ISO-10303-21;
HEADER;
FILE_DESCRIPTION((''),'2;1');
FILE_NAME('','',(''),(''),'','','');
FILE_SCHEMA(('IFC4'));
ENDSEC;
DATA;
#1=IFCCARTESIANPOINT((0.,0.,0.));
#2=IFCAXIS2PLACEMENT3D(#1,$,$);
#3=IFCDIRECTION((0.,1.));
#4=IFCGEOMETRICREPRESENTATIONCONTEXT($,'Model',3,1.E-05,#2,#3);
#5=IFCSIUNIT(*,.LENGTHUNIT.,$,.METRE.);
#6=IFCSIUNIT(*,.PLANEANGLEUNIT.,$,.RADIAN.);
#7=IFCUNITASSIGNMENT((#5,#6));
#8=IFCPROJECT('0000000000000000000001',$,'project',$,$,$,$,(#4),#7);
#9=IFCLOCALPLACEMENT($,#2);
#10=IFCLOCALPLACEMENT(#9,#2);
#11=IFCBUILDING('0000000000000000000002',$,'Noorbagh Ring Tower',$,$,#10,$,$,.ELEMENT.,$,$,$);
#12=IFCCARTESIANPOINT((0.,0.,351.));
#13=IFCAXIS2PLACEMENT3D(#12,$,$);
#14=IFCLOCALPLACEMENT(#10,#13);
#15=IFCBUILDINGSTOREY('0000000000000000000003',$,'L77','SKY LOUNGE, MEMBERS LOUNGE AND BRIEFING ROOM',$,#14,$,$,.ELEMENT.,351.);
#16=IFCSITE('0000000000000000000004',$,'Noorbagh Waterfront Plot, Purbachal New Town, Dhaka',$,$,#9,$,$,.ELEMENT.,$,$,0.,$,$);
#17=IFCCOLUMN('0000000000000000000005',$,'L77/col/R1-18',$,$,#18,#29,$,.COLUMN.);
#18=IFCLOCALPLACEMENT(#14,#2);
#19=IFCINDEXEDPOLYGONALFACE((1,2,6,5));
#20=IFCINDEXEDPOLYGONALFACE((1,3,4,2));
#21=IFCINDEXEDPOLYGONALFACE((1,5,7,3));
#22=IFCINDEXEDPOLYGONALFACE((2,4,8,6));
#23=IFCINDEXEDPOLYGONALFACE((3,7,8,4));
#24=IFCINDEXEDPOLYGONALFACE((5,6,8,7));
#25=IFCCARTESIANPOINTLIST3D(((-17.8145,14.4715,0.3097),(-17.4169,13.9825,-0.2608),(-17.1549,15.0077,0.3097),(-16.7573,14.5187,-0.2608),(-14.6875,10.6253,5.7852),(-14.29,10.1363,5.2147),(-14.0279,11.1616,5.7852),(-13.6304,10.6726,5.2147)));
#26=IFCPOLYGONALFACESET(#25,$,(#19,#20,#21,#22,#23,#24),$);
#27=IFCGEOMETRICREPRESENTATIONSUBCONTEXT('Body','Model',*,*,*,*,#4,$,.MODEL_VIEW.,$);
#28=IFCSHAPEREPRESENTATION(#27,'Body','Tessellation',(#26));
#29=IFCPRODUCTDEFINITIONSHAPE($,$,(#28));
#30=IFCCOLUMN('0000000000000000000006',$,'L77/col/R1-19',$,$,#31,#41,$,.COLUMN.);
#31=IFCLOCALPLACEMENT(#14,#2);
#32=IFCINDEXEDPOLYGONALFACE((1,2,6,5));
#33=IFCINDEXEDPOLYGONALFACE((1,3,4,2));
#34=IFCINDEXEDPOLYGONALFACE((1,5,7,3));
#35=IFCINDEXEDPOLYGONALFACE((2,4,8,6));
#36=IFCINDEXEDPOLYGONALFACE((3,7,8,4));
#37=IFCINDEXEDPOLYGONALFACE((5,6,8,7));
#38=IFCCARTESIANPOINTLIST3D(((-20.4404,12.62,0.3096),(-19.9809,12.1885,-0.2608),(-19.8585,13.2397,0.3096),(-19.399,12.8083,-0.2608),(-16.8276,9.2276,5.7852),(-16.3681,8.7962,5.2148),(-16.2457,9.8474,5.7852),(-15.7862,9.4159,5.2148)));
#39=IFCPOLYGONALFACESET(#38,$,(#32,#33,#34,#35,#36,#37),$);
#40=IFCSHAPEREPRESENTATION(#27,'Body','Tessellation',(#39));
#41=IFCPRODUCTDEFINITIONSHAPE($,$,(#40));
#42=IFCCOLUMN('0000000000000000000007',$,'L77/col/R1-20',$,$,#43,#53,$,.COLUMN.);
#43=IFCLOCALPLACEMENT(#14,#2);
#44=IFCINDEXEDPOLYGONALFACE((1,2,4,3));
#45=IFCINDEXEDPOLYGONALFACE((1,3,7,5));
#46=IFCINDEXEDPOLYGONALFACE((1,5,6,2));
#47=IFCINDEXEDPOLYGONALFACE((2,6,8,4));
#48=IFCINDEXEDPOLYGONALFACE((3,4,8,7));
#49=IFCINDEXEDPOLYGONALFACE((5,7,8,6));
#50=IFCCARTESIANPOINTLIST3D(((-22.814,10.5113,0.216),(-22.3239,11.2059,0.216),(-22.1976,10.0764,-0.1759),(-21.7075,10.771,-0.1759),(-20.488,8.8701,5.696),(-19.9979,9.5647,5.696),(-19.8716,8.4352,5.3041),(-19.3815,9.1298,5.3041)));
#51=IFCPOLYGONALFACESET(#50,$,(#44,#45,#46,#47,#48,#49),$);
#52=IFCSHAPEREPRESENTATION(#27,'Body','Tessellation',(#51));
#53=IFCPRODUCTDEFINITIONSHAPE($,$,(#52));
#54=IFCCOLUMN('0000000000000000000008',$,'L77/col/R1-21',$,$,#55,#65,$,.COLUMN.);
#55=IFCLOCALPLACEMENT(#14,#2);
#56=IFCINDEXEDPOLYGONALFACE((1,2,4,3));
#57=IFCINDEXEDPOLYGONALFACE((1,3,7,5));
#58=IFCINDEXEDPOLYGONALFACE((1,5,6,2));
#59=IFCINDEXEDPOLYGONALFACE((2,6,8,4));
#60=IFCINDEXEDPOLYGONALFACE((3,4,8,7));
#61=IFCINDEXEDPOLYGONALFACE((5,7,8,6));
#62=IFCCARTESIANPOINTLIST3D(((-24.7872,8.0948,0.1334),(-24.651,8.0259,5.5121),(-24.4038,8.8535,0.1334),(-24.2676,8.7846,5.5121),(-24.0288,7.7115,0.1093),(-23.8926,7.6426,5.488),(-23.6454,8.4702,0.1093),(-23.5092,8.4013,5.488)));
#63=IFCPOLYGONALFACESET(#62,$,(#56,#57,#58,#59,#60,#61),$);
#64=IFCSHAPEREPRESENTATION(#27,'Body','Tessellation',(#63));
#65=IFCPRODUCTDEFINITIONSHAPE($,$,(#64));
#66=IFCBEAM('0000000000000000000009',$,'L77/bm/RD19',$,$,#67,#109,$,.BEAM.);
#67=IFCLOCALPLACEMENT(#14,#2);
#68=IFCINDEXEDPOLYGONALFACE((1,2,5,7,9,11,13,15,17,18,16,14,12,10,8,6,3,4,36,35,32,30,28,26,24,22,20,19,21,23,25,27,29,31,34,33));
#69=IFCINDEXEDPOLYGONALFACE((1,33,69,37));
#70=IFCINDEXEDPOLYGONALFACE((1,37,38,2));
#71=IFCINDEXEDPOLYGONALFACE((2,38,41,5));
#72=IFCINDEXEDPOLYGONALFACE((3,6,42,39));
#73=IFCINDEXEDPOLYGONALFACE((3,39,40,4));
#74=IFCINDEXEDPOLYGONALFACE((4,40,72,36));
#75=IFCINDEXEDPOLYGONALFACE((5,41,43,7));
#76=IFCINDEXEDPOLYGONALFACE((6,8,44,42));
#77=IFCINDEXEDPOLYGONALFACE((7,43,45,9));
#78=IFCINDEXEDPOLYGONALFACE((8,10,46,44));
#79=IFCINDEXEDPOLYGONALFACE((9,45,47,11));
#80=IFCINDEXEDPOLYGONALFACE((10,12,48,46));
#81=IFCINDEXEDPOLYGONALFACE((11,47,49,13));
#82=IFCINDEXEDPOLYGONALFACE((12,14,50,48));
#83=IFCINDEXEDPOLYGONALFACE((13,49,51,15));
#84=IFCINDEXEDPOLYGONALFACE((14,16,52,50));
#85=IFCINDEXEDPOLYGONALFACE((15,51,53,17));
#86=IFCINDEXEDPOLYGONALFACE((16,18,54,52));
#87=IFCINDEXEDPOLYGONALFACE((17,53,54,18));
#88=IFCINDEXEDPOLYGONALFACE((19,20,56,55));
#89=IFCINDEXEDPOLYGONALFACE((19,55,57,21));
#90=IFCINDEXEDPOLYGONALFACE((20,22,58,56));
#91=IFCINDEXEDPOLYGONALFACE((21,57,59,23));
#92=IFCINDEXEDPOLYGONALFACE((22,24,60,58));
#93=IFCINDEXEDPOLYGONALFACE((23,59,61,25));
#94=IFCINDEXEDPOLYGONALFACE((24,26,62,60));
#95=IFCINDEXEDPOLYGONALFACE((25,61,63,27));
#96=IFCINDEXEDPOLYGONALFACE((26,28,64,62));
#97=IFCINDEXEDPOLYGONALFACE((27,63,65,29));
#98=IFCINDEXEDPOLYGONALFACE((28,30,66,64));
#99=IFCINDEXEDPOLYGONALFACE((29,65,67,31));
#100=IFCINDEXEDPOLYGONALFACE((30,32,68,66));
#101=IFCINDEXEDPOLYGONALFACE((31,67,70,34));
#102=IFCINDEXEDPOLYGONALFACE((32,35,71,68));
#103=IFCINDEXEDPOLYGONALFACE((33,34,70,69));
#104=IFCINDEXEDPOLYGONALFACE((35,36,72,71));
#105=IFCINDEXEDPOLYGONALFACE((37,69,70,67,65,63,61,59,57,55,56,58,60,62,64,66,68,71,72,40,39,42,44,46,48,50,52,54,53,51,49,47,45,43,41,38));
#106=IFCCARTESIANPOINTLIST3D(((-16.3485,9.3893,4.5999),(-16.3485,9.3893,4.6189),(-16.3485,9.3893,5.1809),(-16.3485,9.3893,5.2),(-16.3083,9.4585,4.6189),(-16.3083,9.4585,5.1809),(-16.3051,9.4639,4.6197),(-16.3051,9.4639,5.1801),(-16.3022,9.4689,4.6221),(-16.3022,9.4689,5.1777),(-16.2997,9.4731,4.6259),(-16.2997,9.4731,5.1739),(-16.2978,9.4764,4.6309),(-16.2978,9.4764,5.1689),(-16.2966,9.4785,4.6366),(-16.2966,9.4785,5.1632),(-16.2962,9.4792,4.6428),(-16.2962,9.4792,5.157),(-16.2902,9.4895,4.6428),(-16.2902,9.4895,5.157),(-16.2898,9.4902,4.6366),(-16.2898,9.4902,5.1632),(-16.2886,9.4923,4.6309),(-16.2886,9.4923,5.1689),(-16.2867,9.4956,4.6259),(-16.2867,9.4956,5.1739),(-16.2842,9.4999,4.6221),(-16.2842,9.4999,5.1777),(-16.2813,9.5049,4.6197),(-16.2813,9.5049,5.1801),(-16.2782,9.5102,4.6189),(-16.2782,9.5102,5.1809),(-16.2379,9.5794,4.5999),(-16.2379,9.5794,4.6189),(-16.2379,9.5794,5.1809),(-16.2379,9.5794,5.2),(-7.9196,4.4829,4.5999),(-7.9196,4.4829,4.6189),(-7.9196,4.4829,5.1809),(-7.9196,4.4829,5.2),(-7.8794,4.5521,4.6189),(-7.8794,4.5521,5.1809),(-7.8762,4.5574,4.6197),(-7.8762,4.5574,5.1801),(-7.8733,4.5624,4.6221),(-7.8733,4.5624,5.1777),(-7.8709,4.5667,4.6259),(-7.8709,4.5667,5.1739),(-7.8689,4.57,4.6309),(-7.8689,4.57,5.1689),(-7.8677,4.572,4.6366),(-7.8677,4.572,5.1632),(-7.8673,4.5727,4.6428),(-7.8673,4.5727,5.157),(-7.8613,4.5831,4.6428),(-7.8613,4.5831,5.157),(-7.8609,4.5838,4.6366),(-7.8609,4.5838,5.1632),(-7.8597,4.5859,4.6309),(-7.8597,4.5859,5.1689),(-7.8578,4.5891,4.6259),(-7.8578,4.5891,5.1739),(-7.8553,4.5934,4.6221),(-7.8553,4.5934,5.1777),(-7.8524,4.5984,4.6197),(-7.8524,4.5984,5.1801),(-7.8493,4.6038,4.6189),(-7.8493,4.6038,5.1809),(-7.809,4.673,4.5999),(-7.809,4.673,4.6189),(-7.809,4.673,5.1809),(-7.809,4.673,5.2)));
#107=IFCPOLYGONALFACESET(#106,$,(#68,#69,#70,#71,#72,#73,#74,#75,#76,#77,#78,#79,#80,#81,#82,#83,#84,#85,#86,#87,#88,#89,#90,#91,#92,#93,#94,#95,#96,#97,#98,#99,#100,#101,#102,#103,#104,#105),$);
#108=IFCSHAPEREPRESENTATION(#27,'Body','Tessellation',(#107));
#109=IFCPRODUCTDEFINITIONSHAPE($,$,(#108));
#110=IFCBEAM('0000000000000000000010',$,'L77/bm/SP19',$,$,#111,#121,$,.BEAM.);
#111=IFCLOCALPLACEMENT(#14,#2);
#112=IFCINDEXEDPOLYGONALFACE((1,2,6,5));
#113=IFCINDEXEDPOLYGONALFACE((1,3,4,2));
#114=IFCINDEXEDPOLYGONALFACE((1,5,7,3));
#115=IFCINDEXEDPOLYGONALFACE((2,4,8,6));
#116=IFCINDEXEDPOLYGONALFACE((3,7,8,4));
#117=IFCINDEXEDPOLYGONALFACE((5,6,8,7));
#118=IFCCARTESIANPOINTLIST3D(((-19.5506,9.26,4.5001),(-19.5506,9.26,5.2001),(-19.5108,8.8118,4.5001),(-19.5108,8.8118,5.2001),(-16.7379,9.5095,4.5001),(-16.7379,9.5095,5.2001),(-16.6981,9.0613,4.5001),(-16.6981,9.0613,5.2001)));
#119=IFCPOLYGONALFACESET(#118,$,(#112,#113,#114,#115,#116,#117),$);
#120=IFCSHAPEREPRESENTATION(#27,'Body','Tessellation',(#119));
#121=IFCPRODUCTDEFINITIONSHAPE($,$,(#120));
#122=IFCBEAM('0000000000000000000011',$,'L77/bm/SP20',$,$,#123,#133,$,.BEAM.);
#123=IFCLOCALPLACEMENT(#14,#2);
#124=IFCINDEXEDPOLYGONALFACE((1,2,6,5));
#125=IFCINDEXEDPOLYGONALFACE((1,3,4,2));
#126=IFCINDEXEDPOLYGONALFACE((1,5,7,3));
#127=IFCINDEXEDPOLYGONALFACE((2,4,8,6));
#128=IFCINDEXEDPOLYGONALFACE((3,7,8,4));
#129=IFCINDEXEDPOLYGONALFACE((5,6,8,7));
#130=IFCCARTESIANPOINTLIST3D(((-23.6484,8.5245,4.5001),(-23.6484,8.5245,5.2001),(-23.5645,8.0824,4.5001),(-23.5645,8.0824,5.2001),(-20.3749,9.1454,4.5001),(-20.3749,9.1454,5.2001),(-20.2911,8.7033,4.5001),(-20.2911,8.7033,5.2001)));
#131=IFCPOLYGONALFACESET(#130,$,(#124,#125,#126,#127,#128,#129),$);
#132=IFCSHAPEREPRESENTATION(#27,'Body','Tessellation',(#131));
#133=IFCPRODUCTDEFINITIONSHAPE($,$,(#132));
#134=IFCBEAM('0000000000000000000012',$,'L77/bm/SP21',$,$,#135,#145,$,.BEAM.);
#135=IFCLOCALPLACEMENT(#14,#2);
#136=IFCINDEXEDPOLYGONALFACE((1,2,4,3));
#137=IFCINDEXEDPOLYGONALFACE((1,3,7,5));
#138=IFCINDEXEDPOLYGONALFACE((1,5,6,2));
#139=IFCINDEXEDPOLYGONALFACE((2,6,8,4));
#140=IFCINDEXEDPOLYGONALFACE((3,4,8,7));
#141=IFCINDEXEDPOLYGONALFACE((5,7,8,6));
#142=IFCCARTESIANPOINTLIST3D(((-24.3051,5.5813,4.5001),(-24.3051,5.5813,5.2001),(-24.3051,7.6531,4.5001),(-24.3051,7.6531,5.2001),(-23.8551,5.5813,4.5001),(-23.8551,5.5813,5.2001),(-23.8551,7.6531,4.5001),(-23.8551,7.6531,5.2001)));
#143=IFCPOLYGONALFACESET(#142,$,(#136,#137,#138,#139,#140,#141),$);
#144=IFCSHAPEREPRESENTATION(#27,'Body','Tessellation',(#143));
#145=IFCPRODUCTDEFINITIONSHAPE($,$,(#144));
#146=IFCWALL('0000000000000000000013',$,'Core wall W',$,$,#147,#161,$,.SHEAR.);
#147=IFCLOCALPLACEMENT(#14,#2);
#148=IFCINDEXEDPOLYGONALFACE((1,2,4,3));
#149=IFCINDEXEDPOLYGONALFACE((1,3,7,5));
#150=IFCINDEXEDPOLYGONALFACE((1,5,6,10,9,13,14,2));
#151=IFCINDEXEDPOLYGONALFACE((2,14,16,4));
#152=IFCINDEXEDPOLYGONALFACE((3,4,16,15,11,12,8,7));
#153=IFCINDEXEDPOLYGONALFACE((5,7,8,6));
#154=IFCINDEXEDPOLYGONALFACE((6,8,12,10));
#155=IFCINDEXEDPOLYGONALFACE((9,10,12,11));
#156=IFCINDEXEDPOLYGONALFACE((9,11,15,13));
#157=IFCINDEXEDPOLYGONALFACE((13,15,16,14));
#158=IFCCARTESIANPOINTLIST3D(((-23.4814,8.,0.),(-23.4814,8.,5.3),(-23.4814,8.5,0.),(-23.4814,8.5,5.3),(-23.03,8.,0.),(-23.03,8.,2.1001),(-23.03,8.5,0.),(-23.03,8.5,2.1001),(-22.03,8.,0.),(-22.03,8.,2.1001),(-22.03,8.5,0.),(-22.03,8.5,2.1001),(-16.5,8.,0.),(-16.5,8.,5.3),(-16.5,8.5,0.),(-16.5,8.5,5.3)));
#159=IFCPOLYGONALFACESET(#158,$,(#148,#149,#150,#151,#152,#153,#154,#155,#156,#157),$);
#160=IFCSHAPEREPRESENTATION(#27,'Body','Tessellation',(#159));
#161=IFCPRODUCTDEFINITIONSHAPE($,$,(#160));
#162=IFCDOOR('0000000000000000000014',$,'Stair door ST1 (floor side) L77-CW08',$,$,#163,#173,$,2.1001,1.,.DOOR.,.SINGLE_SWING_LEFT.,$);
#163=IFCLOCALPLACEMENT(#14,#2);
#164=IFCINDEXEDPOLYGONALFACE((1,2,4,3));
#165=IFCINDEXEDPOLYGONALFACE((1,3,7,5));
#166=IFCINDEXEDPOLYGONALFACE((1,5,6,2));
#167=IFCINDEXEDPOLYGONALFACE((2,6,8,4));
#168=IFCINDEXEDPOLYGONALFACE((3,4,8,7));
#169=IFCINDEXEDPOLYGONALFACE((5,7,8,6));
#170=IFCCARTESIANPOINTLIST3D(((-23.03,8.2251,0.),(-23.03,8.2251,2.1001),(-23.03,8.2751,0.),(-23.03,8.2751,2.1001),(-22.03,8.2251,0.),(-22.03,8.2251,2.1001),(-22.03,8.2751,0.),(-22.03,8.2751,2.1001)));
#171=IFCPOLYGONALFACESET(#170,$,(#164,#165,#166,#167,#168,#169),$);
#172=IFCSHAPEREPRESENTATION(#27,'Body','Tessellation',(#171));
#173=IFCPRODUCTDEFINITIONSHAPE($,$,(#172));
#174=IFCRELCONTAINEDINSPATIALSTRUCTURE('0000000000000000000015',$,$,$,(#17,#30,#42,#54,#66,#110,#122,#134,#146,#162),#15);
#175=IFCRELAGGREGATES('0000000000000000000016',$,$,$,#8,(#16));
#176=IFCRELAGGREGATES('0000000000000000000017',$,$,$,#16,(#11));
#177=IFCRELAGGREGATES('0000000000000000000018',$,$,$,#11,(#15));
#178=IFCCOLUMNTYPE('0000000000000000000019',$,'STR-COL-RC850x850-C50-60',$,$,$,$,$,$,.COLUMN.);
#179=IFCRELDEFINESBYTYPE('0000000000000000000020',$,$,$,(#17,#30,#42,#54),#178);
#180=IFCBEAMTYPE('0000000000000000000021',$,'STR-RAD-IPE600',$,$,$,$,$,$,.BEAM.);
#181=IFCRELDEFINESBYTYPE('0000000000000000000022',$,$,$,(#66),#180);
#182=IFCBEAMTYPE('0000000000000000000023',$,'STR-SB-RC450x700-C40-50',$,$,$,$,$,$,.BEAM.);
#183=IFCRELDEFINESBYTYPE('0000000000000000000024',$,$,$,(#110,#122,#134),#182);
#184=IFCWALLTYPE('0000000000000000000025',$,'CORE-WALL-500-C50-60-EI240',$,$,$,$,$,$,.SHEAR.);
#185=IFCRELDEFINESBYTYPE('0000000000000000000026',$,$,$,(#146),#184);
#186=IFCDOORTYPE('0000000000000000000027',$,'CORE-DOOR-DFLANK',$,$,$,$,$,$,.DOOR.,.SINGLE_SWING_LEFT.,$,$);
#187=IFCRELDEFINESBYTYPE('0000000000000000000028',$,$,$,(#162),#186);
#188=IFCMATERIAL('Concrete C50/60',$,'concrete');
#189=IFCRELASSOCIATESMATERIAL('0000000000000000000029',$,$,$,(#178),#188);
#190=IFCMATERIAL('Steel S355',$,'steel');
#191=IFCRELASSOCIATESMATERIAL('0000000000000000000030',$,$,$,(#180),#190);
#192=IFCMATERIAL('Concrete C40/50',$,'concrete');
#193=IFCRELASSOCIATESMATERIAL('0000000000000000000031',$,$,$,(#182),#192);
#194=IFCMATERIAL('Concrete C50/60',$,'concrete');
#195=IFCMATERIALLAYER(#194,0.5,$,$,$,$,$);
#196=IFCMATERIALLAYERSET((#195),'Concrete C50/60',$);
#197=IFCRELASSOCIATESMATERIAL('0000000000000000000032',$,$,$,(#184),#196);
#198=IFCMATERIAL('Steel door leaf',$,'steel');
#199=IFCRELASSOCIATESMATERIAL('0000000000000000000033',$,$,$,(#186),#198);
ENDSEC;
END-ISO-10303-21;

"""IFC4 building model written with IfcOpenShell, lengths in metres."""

from ifc_helpers import new_model, si_unit, direction, frame, frame_2d, origin, origin_2d, place, context, subcontext, project, spatial, rectangle, i_section, extrude, material, layer, layer_set, material_profile, profile_set, type_object, element, fill, save


model = new_model("IFC4")

# Units and contexts
model_context = context("Model", 3, precision=1e-05, world=origin(), true_north=direction((0.0, 1.0)))
body_context = subcontext(model_context, "Body", "Model", "MODEL_VIEW")
ifc_project = project(units=[si_unit("LENGTHUNIT", "METRE"), si_unit("PLANEANGLEUNIT", "RADIAN")], contexts=[model_context])

# Site, building, storey
site_placement = place(None, origin())
site = spatial("IfcSite", under=ifc_project, at=site_placement, Name="Noorbagh Waterfront Plot, Purbachal New Town, Dhaka", CompositionType="ELEMENT", RefElevation=0.0)
building_placement = place(site_placement, origin())
building = spatial("IfcBuilding", under=site, at=building_placement, Name="Noorbagh Ring Tower", CompositionType="ELEMENT")
storey_placement = place(building_placement, frame((0.0, 0.0, 351.0)))
storey = spatial("IfcBuildingStorey", under=building, at=storey_placement, Name="L77", Description="SKY LOUNGE, MEMBERS LOUNGE AND BRIEFING ROOM", CompositionType="ELEMENT", Elevation=351.0)

# Columns
ifc_material_1 = material(Name="Concrete C50/60", Category="concrete")
ifc_material_profile_1 = material_profile(ifc_material_1, rectangle(XDim=0.8501, YDim=0.8501, at=origin_2d()), Name="RC850x850")
ifc_profile_set_1 = profile_set([ifc_material_profile_1], Name="Concrete C50/60")
column_type = type_object("IfcColumnType", Name="STR-COL-RC850x850-C50-60", PredefinedType="COLUMN", material=ifc_profile_set_1)
column_1_placement = place(storey_placement, frame((-17.2859, 14.4951, 0.0244), z_axis=(0.423362, -0.52074, 0.741346), x_axis=(0.775924, 0.630826, 0.0)))
element("IfcColumn", 1, at=column_1_placement, inside=storey, type_object=column_type, Name="L77/col/R1-18", PredefinedType="COLUMN", context=body_context, shape_type="SweptSolid", body=[
    extrude(rectangle(XDim=0.8501, YDim=0.8501, at=origin_2d()), origin(), (0.0, 0.0, 1.0), 7.386),
])
column_2_placement = place(storey_placement, frame((-19.9197, 12.7141, 0.0244), z_axis=(0.489189, -0.459338, 0.74142), x_axis=(0.684514, 0.728999, 0.0)))
element("IfcColumn", 2, at=column_2_placement, inside=storey, type_object=column_type, Name="L77/col/R1-19", PredefinedType="COLUMN", context=body_context, shape_type="SweptSolid", body=[
    extrude(rectangle(XDim=0.8501, YDim=0.8501, at=origin_2d()), origin(), (0.0, 0.0, 1.0), 7.3853),
])
column_3_placement = place(storey_placement, frame((-22.2607, 10.6411, 0.02), z_axis=(0.376655, -0.265758, 0.887414), x_axis=(0.576515, 0.817087, 0.0)))
element("IfcColumn", 3, at=column_3_placement, inside=storey, type_object=column_type, Name="L77/col/R1-20", PredefinedType="COLUMN", context=body_context, shape_type="SweptSolid", body=[
    extrude(rectangle(XDim=0.8501, YDim=0.8501, at=origin_2d()), origin(), (0.0, 0.0, 1.0), 6.1753),
])
column_4_placement = place(storey_placement, frame((-24.2163, 8.2825, 0.1213), z_axis=(0.025318, -0.012795, 0.999598), x_axis=(0.451048, 0.8925, 0.0)))
element("IfcColumn", 4, at=column_4_placement, inside=storey, type_object=column_type, Name="L77/col/R1-21", PredefinedType="COLUMN", context=body_context, shape_type="SweptSolid", body=[
    extrude(rectangle(XDim=0.8501, YDim=0.8501, at=origin_2d()), origin(), (0.0, 0.0, 1.0), 5.3809),
])

# Beams
ifc_material_2 = material(Name="Steel S355", Category="steel")
ifc_material_profile_2 = material_profile(ifc_material_2, i_section(OverallWidth=0.22, OverallDepth=0.6001, WebThickness=0.012, FlangeThickness=0.019, FilletRadius=0.0239, at=origin_2d()), Name="IPE600")
ifc_profile_set_2 = profile_set([ifc_material_profile_2], Name="Steel S355")
beam_type_1 = type_object("IfcBeamType", Name="STR-RAD-IPE600", PredefinedType="BEAM", material=ifc_profile_set_2)
beam_1_placement = place(storey_placement, frame((-16.2932, 9.4844, 4.8999), z_axis=(0.864242, -0.503075, 0.0), x_axis=(0.503075, 0.864242, 0.0)))
element("IfcBeam", 5, at=beam_1_placement, inside=storey, type_object=beam_type_1, Name="L77/bm/RD19", PredefinedType="BEAM", context=body_context, shape_type="SweptSolid", body=[
    extrude(i_section(OverallWidth=0.22, OverallDepth=0.6001, WebThickness=0.012, FlangeThickness=0.019, FilletRadius=0.0239, at=origin_2d()), origin(), (0.0, 0.0, 1.0), 9.7529),
])
ifc_material_3 = material(Name="Concrete C40/50", Category="concrete")
ifc_material_profile_3 = material_profile(ifc_material_3, rectangle(XDim=0.45, YDim=0.7, at=origin_2d()), Name="RC450x700")
ifc_profile_set_3 = profile_set([ifc_material_profile_3], Name="Concrete C40/50")
beam_type_2 = type_object("IfcBeamType", Name="STR-SB-RC450x700-C40-50", PredefinedType="BEAM", material=ifc_profile_set_3)
beam_2_placement = place(storey_placement, frame((-16.718, 9.2854, 4.8501), z_axis=(-0.996089, -0.088361, 0.0), x_axis=(0.088361, -0.996089, 0.0)))
element("IfcBeam", 6, at=beam_2_placement, inside=storey, type_object=beam_type_2, Name="L77/bm/SP19", PredefinedType="BEAM", context=body_context, shape_type="SweptSolid", body=[
    extrude(rectangle(XDim=0.45, YDim=0.7, at=origin_2d()), origin(), (0.0, 0.0, 1.0), 2.8237),
])
beam_3_placement = place(storey_placement, frame((-20.333, 8.9243, 4.8501), z_axis=(-0.982485, -0.186341, 0.0), x_axis=(0.186341, -0.982485, 0.0)))
element("IfcBeam", 7, at=beam_3_placement, inside=storey, type_object=beam_type_2, Name="L77/bm/SP20", PredefinedType="BEAM", context=body_context, shape_type="SweptSolid", body=[
    extrude(rectangle(XDim=0.45, YDim=0.7, at=origin_2d()), origin(), (0.0, 0.0, 1.0), 3.3318),
])
beam_4_placement = place(storey_placement, frame((-24.0801, 7.6531, 4.8501), z_axis=(0.0, -1.0, 0.0), x_axis=(1.0, 0.0, 0.0)))
element("IfcBeam", 8, at=beam_4_placement, inside=storey, type_object=beam_type_2, Name="L77/bm/SP21", PredefinedType="BEAM", context=body_context, shape_type="SweptSolid", body=[
    extrude(rectangle(XDim=0.45, YDim=0.7, at=origin_2d()), origin(), (0.0, 0.0, 1.0), 2.0718),
])

# Wall, opening, door
ifc_material_4 = material(Name="Concrete C50/60", Category="concrete")
ifc_layer_1 = layer(ifc_material_4, 0.5)
ifc_layer_set_1 = layer_set([ifc_layer_1], Name="Concrete C50/60")
wall_type_1 = type_object("IfcWallType", Name="CORE-WALL-500-C50-60-EI240", PredefinedType="SHEAR", material=ifc_layer_set_1)
wall_1_placement = place(storey_placement, frame((-16.5, 8.25, 0.0), z_axis=(0.0, 0.0, 1.0), x_axis=(-1.0, 0.0, 0.0)))
wall_1 = element("IfcWall", 9, at=wall_1_placement, inside=storey, type_object=wall_type_1, Name="Core wall W", PredefinedType="SHEAR", context=body_context, shape_type="SweptSolid", body=[
    extrude(rectangle(XDim=6.9814, YDim=0.5, at=frame_2d((3.4907, 0.0))), origin(), (0.0, 0.0, 1.0), 5.3),
])
opening_1_placement = place(wall_1_placement, frame((5.53, 0.0, 0.0)))
opening_1 = element("IfcOpeningElement", 10, at=opening_1_placement, cuts=wall_1, PredefinedType="OPENING", context=body_context, shape_type="SweptSolid", body=[
    extrude(rectangle(XDim=1.0, YDim=2.1001, at=frame_2d((0.5, 1.05))), frame((0.0, 0.26, 0.0), z_axis=(0.0, -1.0, 0.0), x_axis=(1.0, 0.0, 0.0)), (0.0, 0.0, 1.0), 0.52),
])
ifc_material_5 = material(Name="Steel door leaf", Category="steel")
door_type_1 = type_object("IfcDoorType", Name="CORE-DOOR-DFLANK", OperationType="SINGLE_SWING_LEFT", PredefinedType="DOOR", material=ifc_material_5)
door_1_placement = place(opening_1_placement, origin())
door_1 = element("IfcDoor", 11, at=door_1_placement, inside=storey, type_object=door_type_1, Name="Stair door ST1 (floor side) L77-CW08", OperationType="SINGLE_SWING_LEFT", OverallHeight=2.1001, OverallWidth=1.0, PredefinedType="DOOR", context=body_context, shape_type="SweptSolid", body=[
    extrude(rectangle(XDim=1.0, YDim=2.1001, at=frame_2d((0.5, 1.05))), frame((0.0, 0.0249, 0.0), z_axis=(0.0, -1.0, 0.0), x_axis=(1.0, 0.0, 0.0)), (0.0, 0.0, 1.0), 0.05),
])
fill(opening_1, door_1)

save(model, "model.ifc")
